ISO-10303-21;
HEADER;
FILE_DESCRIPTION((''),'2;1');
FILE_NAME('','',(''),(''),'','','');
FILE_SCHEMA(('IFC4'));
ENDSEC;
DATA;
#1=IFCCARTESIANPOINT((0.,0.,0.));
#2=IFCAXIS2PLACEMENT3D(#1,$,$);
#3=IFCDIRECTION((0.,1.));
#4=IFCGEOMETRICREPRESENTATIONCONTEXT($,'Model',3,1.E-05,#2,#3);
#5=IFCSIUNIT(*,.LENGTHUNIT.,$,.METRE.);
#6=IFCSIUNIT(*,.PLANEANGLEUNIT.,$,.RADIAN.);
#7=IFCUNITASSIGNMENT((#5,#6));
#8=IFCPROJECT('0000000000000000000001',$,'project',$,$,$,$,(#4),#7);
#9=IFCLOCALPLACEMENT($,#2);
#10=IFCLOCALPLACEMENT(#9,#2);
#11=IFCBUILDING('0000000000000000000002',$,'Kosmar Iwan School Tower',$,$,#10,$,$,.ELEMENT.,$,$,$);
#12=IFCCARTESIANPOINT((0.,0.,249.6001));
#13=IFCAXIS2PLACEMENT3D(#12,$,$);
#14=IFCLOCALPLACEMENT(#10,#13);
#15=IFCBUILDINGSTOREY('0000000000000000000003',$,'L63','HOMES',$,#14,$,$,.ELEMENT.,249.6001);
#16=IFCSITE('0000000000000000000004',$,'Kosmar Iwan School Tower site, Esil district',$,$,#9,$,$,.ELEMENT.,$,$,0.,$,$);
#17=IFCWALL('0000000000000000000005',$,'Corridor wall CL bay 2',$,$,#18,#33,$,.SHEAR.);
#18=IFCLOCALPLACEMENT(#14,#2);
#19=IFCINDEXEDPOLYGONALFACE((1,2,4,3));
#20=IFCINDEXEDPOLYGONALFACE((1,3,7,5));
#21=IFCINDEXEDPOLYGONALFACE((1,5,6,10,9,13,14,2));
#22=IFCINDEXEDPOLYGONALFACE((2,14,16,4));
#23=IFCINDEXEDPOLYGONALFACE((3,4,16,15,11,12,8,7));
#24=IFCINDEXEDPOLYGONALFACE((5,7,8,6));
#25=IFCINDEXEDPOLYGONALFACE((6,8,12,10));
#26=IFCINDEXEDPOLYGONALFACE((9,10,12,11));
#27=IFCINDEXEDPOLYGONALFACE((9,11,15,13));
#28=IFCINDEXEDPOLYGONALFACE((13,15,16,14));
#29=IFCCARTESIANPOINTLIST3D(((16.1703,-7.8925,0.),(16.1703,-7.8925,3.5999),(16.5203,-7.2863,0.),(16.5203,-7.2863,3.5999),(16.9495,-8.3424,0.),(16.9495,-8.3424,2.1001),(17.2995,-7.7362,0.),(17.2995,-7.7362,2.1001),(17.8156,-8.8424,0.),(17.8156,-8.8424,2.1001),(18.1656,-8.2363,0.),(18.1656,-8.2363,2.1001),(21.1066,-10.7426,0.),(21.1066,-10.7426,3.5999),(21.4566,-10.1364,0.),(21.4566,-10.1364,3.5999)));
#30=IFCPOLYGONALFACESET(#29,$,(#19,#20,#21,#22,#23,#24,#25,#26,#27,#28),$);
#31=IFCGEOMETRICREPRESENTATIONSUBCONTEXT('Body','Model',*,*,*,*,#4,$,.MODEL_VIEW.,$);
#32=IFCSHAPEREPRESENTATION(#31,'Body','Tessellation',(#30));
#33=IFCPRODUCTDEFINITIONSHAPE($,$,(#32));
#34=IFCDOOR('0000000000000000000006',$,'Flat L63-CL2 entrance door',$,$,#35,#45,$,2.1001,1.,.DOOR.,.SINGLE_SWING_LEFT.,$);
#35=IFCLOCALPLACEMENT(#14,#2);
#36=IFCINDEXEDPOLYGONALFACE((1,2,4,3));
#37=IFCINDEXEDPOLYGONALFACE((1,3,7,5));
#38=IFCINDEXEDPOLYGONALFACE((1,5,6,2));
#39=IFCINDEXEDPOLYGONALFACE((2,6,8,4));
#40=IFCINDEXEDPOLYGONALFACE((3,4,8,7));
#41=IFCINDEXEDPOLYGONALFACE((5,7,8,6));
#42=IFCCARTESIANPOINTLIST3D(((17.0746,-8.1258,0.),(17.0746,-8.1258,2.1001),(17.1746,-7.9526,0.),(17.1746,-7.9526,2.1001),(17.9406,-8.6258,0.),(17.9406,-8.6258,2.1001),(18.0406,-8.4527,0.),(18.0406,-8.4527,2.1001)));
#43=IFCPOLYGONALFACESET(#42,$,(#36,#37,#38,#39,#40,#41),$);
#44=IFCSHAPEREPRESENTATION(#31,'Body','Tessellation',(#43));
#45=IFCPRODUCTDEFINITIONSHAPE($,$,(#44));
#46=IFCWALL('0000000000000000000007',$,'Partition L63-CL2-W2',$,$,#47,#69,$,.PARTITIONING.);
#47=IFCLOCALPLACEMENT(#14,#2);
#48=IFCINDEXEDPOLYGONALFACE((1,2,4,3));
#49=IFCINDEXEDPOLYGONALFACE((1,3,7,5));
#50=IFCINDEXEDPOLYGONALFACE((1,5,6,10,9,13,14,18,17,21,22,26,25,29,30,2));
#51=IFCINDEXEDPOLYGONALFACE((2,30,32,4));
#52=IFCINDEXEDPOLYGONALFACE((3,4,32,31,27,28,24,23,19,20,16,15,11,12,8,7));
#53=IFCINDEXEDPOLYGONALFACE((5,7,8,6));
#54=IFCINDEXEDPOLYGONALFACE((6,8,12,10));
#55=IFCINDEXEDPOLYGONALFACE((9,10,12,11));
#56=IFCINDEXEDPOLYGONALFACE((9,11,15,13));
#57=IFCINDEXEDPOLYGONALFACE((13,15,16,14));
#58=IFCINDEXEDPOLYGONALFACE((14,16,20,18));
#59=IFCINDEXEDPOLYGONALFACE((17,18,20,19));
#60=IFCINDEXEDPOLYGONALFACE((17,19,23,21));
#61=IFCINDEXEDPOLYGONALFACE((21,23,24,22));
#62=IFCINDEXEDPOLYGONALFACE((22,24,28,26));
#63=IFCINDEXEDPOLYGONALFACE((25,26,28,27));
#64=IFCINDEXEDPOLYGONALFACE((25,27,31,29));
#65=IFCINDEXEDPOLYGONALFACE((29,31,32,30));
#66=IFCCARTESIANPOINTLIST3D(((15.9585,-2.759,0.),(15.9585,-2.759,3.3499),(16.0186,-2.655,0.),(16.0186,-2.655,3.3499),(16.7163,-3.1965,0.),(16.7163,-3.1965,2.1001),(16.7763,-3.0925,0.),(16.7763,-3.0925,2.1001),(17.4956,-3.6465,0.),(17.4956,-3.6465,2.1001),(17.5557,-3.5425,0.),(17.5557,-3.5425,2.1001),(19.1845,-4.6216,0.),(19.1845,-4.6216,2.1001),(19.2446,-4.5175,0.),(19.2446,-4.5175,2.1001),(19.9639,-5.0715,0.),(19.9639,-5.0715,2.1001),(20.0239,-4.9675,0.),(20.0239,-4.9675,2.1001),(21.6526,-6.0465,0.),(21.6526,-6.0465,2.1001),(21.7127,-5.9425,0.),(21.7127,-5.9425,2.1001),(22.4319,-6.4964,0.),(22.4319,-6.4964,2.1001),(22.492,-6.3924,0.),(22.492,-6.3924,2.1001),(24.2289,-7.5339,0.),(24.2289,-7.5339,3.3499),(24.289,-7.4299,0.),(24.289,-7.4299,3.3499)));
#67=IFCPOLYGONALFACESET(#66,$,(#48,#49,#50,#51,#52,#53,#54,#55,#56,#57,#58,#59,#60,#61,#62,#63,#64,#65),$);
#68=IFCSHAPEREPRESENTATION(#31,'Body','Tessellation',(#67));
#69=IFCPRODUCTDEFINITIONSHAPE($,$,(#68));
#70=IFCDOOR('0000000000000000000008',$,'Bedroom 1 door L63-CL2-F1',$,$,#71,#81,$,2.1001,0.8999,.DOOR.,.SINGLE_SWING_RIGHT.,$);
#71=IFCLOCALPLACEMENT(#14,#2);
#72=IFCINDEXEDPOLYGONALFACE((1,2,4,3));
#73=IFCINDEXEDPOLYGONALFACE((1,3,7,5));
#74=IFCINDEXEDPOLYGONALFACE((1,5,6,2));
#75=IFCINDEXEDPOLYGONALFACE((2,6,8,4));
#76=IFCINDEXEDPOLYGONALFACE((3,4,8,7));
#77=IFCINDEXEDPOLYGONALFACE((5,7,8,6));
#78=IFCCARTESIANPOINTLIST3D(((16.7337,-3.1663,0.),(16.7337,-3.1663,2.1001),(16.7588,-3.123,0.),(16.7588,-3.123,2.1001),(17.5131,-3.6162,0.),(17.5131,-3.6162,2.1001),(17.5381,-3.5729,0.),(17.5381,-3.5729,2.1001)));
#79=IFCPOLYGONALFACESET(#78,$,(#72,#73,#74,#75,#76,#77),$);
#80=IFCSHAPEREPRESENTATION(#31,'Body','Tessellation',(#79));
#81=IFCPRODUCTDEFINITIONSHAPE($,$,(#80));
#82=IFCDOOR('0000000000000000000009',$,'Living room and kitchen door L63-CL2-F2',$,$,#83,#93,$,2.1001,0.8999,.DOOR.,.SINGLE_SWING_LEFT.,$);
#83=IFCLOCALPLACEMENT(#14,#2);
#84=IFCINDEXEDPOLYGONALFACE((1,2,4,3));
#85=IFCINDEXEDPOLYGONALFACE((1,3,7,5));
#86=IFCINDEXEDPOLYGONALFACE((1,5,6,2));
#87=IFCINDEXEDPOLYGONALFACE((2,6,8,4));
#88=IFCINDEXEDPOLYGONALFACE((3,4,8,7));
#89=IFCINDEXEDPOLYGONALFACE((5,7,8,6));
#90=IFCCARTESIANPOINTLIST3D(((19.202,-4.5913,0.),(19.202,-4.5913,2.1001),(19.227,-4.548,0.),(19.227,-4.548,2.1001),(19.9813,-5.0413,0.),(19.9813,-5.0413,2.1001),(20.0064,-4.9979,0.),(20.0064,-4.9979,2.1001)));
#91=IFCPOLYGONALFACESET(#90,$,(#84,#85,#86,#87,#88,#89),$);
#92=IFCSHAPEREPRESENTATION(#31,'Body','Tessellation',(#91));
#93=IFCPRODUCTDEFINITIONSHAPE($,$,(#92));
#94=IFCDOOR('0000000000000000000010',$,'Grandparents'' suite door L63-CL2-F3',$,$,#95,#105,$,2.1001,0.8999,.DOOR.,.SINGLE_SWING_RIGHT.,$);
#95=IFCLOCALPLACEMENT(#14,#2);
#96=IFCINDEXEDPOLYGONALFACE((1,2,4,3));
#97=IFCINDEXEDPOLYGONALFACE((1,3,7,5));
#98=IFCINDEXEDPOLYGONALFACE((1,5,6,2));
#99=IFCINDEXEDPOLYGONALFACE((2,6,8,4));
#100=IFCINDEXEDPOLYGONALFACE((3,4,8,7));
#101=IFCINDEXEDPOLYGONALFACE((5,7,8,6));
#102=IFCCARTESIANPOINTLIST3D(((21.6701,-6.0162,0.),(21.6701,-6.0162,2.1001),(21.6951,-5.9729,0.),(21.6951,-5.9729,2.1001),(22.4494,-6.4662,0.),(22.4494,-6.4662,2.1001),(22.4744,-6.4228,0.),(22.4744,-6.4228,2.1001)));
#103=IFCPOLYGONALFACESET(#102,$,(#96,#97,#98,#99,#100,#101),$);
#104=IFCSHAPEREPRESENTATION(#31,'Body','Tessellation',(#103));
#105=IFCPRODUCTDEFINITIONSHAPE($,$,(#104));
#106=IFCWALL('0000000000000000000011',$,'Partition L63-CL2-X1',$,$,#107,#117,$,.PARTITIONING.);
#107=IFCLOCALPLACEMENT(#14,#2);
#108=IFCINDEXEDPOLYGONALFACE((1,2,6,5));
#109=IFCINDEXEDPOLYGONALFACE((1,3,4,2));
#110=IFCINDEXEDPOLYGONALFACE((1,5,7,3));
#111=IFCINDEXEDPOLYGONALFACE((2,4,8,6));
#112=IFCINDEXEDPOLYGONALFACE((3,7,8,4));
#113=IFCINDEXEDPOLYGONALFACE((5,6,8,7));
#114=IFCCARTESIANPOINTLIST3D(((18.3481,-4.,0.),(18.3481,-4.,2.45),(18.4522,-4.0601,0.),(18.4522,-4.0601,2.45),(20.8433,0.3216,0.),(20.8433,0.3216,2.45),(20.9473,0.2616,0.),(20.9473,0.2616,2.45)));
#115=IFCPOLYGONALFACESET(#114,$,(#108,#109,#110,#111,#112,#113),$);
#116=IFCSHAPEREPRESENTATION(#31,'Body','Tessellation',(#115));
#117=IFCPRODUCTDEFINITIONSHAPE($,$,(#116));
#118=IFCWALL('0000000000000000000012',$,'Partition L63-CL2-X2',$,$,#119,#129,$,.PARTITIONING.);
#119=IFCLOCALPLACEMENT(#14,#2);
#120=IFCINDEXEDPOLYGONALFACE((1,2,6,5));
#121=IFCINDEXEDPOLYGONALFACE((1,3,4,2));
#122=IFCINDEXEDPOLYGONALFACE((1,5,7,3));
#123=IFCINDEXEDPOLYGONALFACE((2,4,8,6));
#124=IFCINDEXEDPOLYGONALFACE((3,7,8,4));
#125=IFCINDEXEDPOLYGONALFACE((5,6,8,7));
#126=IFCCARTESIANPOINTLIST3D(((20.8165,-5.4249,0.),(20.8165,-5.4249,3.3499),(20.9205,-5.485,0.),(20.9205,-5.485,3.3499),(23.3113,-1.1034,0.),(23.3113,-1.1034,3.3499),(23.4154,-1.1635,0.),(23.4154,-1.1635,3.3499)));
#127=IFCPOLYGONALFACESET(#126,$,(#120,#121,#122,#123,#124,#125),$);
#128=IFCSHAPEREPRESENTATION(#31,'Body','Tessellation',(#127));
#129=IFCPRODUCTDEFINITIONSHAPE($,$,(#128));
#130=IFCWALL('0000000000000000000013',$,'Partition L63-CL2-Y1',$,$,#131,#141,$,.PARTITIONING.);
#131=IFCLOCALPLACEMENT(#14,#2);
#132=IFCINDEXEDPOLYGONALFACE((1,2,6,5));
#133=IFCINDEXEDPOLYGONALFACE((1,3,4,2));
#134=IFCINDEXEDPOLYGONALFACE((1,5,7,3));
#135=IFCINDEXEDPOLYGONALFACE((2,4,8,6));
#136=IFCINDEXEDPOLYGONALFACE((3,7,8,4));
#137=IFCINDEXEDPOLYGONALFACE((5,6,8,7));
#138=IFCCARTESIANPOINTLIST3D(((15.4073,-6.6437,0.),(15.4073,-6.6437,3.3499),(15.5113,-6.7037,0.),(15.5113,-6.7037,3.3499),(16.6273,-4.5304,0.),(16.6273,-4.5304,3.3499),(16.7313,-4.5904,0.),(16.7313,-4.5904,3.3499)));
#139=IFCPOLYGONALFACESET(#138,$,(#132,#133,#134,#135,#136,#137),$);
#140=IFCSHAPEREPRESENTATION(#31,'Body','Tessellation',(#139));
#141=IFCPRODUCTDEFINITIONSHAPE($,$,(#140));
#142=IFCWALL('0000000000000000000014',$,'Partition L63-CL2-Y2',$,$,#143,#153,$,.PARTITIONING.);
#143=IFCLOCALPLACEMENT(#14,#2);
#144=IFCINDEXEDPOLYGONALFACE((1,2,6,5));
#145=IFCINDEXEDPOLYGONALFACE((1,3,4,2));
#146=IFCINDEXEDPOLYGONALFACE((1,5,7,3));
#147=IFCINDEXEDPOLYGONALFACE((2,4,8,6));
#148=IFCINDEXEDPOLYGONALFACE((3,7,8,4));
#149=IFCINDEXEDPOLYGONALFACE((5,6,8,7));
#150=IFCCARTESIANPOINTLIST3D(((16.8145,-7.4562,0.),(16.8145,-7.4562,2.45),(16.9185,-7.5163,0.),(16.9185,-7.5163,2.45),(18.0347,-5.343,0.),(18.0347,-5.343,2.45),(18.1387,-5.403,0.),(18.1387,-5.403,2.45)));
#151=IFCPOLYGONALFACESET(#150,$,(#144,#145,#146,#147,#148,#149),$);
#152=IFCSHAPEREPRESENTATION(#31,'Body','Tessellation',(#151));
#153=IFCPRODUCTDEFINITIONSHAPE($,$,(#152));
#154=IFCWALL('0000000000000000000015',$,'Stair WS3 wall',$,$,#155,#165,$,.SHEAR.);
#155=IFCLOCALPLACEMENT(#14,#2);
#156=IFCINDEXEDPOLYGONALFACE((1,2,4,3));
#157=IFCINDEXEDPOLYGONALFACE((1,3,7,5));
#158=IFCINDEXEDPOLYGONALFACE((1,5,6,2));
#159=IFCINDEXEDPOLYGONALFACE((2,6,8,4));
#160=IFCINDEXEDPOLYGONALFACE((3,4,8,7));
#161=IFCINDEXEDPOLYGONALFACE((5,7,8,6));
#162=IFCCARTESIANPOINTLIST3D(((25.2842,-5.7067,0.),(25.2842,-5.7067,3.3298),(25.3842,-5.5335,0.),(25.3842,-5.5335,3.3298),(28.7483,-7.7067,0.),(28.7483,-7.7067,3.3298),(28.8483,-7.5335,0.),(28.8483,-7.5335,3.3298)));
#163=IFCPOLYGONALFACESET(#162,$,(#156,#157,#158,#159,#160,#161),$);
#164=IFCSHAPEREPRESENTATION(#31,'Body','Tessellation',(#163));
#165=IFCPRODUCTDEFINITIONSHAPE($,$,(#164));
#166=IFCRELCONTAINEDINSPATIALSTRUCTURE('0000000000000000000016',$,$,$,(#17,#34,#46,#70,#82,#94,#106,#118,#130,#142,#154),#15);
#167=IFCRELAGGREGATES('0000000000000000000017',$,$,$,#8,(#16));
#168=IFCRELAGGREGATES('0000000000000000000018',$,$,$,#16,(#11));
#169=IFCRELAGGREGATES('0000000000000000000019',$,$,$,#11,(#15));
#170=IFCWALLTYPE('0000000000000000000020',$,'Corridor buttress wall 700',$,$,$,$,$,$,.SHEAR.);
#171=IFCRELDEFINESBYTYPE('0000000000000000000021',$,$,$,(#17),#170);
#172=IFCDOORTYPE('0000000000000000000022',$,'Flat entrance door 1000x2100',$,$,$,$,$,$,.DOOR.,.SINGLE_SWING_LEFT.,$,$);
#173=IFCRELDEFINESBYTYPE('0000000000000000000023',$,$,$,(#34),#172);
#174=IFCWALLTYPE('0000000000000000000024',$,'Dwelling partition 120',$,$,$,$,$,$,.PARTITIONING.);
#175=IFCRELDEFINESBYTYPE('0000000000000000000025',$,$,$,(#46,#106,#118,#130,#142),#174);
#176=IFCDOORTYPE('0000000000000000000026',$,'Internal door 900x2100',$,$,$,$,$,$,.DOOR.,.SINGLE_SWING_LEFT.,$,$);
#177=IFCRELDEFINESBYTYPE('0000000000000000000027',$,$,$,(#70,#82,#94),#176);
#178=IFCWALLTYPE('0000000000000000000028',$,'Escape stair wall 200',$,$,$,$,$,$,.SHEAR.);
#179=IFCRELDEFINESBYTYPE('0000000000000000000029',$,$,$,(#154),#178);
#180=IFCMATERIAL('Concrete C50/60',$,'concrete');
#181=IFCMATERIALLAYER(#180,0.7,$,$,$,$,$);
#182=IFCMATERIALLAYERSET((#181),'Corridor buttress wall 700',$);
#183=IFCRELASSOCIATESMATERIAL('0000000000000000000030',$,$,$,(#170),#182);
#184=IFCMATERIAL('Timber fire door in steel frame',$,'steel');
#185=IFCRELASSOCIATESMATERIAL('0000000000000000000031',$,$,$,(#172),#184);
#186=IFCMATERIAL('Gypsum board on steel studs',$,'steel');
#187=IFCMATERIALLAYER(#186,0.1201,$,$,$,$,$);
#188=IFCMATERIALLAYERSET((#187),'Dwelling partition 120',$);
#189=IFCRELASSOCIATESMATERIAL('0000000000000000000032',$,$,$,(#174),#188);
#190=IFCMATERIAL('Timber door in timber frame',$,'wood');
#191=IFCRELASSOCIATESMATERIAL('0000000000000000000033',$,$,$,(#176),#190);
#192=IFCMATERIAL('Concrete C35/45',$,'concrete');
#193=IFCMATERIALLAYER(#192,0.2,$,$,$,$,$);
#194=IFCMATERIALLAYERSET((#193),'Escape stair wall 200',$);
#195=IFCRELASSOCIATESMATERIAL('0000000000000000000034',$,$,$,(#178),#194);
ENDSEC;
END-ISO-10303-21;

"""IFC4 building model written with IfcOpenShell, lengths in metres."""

from ifc_helpers import new_model, si_unit, direction, frame, frame_2d, origin, place, context, subcontext, project, spatial, rectangle, extrude, material, layer, layer_set, type_object, element, fill, save


model = new_model("IFC4")

# Units and contexts
model_context = context("Model", 3, precision=1e-05, world=origin(), true_north=direction((0.0, 1.0)))
body_context = subcontext(model_context, "Body", "Model", "MODEL_VIEW")
ifc_project = project(units=[si_unit("LENGTHUNIT", "METRE"), si_unit("PLANEANGLEUNIT", "RADIAN")], contexts=[model_context])

# Site, building, storey
site_placement = place(None, origin())
site = spatial("IfcSite", under=ifc_project, at=site_placement, Name="Kosmar Iwan School Tower site, Esil district", CompositionType="ELEMENT", RefElevation=0.0)
building_placement = place(site_placement, origin())
building = spatial("IfcBuilding", under=site, at=building_placement, Name="Kosmar Iwan School Tower", CompositionType="ELEMENT")
storey_placement = place(building_placement, frame((0.0, 0.0, 249.6001)))
storey = spatial("IfcBuildingStorey", under=building, at=storey_placement, Name="L63", Description="HOMES", CompositionType="ELEMENT", Elevation=249.6001)

# Wall, opening, door
ifc_material_1 = material(Name="Concrete C50/60", Category="concrete")
ifc_layer_1 = layer(ifc_material_1, 0.7)
ifc_layer_set_1 = layer_set([ifc_layer_1], Name="Corridor buttress wall 700")
wall_type_1 = type_object("IfcWallType", Name="Corridor buttress wall 700", PredefinedType="SHEAR", material=ifc_layer_set_1)
wall_1_placement = place(storey_placement, frame((16.3452, -7.5894, 0.0), z_axis=(0.0, 0.0, 1.0), x_axis=(0.866015, -0.500018, 0.0)))
wall_1 = element("IfcWall", 1, at=wall_1_placement, inside=storey, type_object=wall_type_1, Name="Corridor wall CL bay 2", PredefinedType="SHEAR", context=body_context, shape_type="SweptSolid", body=[
    extrude(rectangle(XDim=5.7, YDim=0.7, at=frame_2d((2.8501, 0.0))), origin(), (0.0, 0.0, 1.0), 3.5999),
])
opening_1_placement = place(wall_1_placement, frame((0.8999, 0.0, 0.0)))
opening_1 = element("IfcOpeningElement", 2, at=opening_1_placement, cuts=wall_1, PredefinedType="OPENING", context=body_context, shape_type="SweptSolid", body=[
    extrude(rectangle(XDim=1.0, YDim=2.1001, at=frame_2d((0.5, 1.05))), frame((0.0, 0.3621, 0.0), z_axis=(0.0, -1.0, 0.0), x_axis=(1.0, 0.0, 0.0)), (0.0, 0.0, 1.0), 0.7239),
])
ifc_material_2 = material(Name="Timber fire door in steel frame", Category="steel")
door_type_1 = type_object("IfcDoorType", Name="Flat entrance door 1000x2100", OperationType="SINGLE_SWING_LEFT", PredefinedType="DOOR", material=ifc_material_2)
door_1_placement = place(opening_1_placement, origin())
door_1 = element("IfcDoor", 3, at=door_1_placement, inside=storey, type_object=door_type_1, Name="Flat L63-CL2 entrance door", OperationType="SINGLE_SWING_LEFT", OverallHeight=2.1001, OverallWidth=1.0, PredefinedType="DOOR", context=body_context, shape_type="SweptSolid", body=[
    extrude(rectangle(XDim=1.0, YDim=2.1001, at=frame_2d((0.5, 1.05))), frame((0.0, 0.1001, 0.0), z_axis=(0.0, -1.0, 0.0), x_axis=(1.0, 0.0, 0.0)), (0.0, 0.0, 1.0), 0.2),
])
fill(opening_1, door_1)

# Wall, openings, doors
ifc_material_3 = material(Name="Gypsum board on steel studs", Category="steel")
ifc_layer_2 = layer(ifc_material_3, 0.1201)
ifc_layer_set_2 = layer_set([ifc_layer_2], Name="Dwelling partition 120")
wall_type_2 = type_object("IfcWallType", Name="Dwelling partition 120", PredefinedType="PARTITIONING", material=ifc_layer_set_2)
wall_2_placement = place(storey_placement, frame((15.9885, -2.707, 0.0), z_axis=(0.0, 0.0, 1.0), x_axis=(0.866029, -0.499994, 0.0)))
wall_2 = element("IfcWall", 4, at=wall_2_placement, inside=storey, type_object=wall_type_2, Name="Partition L63-CL2-W2", PredefinedType="PARTITIONING", context=body_context, shape_type="SweptSolid", body=[
    extrude(rectangle(XDim=9.5498, YDim=0.1201, at=frame_2d((4.7749, 0.0))), origin(), (0.0, 0.0, 1.0), 3.3499),
])
opening_2_placement = place(wall_2_placement, frame((0.875, 0.0, 0.0)))
opening_2 = element("IfcOpeningElement", 5, at=opening_2_placement, cuts=wall_2, PredefinedType="OPENING", context=body_context, shape_type="SweptSolid", body=[
    extrude(rectangle(XDim=0.8999, YDim=2.1001, at=frame_2d((0.45, 1.05))), frame((0.0, 0.072, 0.0), z_axis=(0.0, -1.0, 0.0), x_axis=(1.0, 0.0, 0.0)), (0.0, 0.0, 1.0), 0.144),
])
opening_3_placement = place(wall_2_placement, frame((3.7251, 0.0, 0.0)))
opening_3 = element("IfcOpeningElement", 6, at=opening_3_placement, cuts=wall_2, PredefinedType="OPENING", context=body_context, shape_type="SweptSolid", body=[
    extrude(rectangle(XDim=0.8999, YDim=2.1001, at=frame_2d((0.45, 1.05))), frame((0.0, 0.072, 0.0), z_axis=(0.0, -1.0, 0.0), x_axis=(1.0, 0.0, 0.0)), (0.0, 0.0, 1.0), 0.144),
])
opening_4_placement = place(wall_2_placement, frame((6.575, 0.0, 0.0)))
opening_4 = element("IfcOpeningElement", 7, at=opening_4_placement, cuts=wall_2, PredefinedType="OPENING", context=body_context, shape_type="SweptSolid", body=[
    extrude(rectangle(XDim=0.8999, YDim=2.1001, at=frame_2d((0.45, 1.05))), frame((0.0, 0.072, 0.0), z_axis=(0.0, -1.0, 0.0), x_axis=(1.0, 0.0, 0.0)), (0.0, 0.0, 1.0), 0.144),
])
ifc_material_4 = material(Name="Timber door in timber frame", Category="wood")
door_type_2 = type_object("IfcDoorType", Name="Internal door 900x2100", OperationType="SINGLE_SWING_LEFT", PredefinedType="DOOR", material=ifc_material_4)
door_2_placement = place(opening_2_placement, origin())
door_2 = element("IfcDoor", 8, at=door_2_placement, inside=storey, type_object=door_type_2, Name="Bedroom 1 door L63-CL2-F1", OperationType="SINGLE_SWING_RIGHT", OverallHeight=2.1001, OverallWidth=0.8999, PredefinedType="DOOR", context=body_context, shape_type="SweptSolid", body=[
    extrude(rectangle(XDim=0.8999, YDim=2.1001, at=frame_2d((0.45, 1.05))), frame((0.0, 0.0249, 0.0), z_axis=(0.0, -1.0, 0.0), x_axis=(1.0, 0.0, 0.0)), (0.0, 0.0, 1.0), 0.05),
])
fill(opening_2, door_2)
door_3_placement = place(opening_3_placement, origin())
door_3 = element("IfcDoor", 9, at=door_3_placement, inside=storey, type_object=door_type_2, Name="Living room and kitchen door L63-CL2-F2", OperationType="SINGLE_SWING_LEFT", OverallHeight=2.1001, OverallWidth=0.8999, PredefinedType="DOOR", context=body_context, shape_type="SweptSolid", body=[
    extrude(rectangle(XDim=0.8999, YDim=2.1001, at=frame_2d((0.45, 1.05))), frame((0.0, 0.0249, 0.0), z_axis=(0.0, -1.0, 0.0), x_axis=(1.0, 0.0, 0.0)), (0.0, 0.0, 1.0), 0.05),
])
fill(opening_3, door_3)
door_4_placement = place(opening_4_placement, origin())
door_4 = element("IfcDoor", 10, at=door_4_placement, inside=storey, type_object=door_type_2, Name="Grandparents' suite door L63-CL2-F3", OperationType="SINGLE_SWING_RIGHT", OverallHeight=2.1001, OverallWidth=0.8999, PredefinedType="DOOR", context=body_context, shape_type="SweptSolid", body=[
    extrude(rectangle(XDim=0.8999, YDim=2.1001, at=frame_2d((0.45, 1.05))), frame((0.0, 0.0249, 0.0), z_axis=(0.0, -1.0, 0.0), x_axis=(1.0, 0.0, 0.0)), (0.0, 0.0, 1.0), 0.05),
])
fill(opening_4, door_4)

# Walls
wall_3_placement = place(storey_placement, frame((18.4001, -4.03, 0.0), z_axis=(0.0, 0.0, 1.0), x_axis=(0.500012, 0.866019, 0.0)))
element("IfcWall", 11, at=wall_3_placement, inside=storey, type_object=wall_type_2, Name="Partition L63-CL2-X1", PredefinedType="PARTITIONING", context=body_context, shape_type="SweptSolid", body=[
    extrude(rectangle(XDim=4.9902, YDim=0.1201, at=frame_2d((2.4951, 0.0))), origin(), (0.0, 0.0, 1.0), 2.45),
])
wall_4_placement = place(storey_placement, frame((20.8684, -5.4551, 0.0), z_axis=(0.0, 0.0, 1.0), x_axis=(0.499975, 0.86604, 0.0)))
element("IfcWall", 12, at=wall_4_placement, inside=storey, type_object=wall_type_2, Name="Partition L63-CL2-X2", PredefinedType="PARTITIONING", context=body_context, shape_type="SweptSolid", body=[
    extrude(rectangle(XDim=4.99, YDim=0.1201, at=frame_2d((2.4951, 0.0))), origin(), (0.0, 0.0, 1.0), 3.3499),
])
wall_5_placement = place(storey_placement, frame((15.4592, -6.6738, 0.0), z_axis=(0.0, 0.0, 1.0), x_axis=(0.499959, 0.866049, 0.0)))
element("IfcWall", 13, at=wall_5_placement, inside=storey, type_object=wall_type_2, Name="Partition L63-CL2-Y1", PredefinedType="PARTITIONING", context=body_context, shape_type="SweptSolid", body=[
    extrude(rectangle(XDim=2.4402, YDim=0.1201, at=frame_2d((1.2202, 0.0))), origin(), (0.0, 0.0, 1.0), 3.3499),
])
wall_6_placement = place(storey_placement, frame((16.8665, -7.4863, 0.0), z_axis=(0.0, 0.0, 1.0), x_axis=(0.500034, 0.866006, 0.0)))
element("IfcWall", 14, at=wall_6_placement, inside=storey, type_object=wall_type_2, Name="Partition L63-CL2-Y2", PredefinedType="PARTITIONING", context=body_context, shape_type="SweptSolid", body=[
    extrude(rectangle(XDim=2.4402, YDim=0.1201, at=frame_2d((1.2202, 0.0))), origin(), (0.0, 0.0, 1.0), 2.45),
])
ifc_material_5 = material(Name="Concrete C35/45", Category="concrete")
ifc_layer_3 = layer(ifc_material_5, 0.2)
ifc_layer_set_3 = layer_set([ifc_layer_3], Name="Escape stair wall 200")
wall_type_3 = type_object("IfcWallType", Name="Escape stair wall 200", PredefinedType="SHEAR", material=ifc_layer_set_3)
wall_7_placement = place(storey_placement, frame((25.3342, -5.6201, 0.0), z_axis=(0.0, 0.0, 1.0), x_axis=(0.866026, -0.499999, 0.0)))
element("IfcWall", 15, at=wall_7_placement, inside=storey, type_object=wall_type_3, Name="Stair WS3 wall", PredefinedType="SHEAR", context=body_context, shape_type="SweptSolid", body=[
    extrude(rectangle(XDim=4.0, YDim=0.2, at=frame_2d((2.0, 0.0))), origin(), (0.0, 0.0, 1.0), 3.3298),
])

save(model, "model.ifc")
